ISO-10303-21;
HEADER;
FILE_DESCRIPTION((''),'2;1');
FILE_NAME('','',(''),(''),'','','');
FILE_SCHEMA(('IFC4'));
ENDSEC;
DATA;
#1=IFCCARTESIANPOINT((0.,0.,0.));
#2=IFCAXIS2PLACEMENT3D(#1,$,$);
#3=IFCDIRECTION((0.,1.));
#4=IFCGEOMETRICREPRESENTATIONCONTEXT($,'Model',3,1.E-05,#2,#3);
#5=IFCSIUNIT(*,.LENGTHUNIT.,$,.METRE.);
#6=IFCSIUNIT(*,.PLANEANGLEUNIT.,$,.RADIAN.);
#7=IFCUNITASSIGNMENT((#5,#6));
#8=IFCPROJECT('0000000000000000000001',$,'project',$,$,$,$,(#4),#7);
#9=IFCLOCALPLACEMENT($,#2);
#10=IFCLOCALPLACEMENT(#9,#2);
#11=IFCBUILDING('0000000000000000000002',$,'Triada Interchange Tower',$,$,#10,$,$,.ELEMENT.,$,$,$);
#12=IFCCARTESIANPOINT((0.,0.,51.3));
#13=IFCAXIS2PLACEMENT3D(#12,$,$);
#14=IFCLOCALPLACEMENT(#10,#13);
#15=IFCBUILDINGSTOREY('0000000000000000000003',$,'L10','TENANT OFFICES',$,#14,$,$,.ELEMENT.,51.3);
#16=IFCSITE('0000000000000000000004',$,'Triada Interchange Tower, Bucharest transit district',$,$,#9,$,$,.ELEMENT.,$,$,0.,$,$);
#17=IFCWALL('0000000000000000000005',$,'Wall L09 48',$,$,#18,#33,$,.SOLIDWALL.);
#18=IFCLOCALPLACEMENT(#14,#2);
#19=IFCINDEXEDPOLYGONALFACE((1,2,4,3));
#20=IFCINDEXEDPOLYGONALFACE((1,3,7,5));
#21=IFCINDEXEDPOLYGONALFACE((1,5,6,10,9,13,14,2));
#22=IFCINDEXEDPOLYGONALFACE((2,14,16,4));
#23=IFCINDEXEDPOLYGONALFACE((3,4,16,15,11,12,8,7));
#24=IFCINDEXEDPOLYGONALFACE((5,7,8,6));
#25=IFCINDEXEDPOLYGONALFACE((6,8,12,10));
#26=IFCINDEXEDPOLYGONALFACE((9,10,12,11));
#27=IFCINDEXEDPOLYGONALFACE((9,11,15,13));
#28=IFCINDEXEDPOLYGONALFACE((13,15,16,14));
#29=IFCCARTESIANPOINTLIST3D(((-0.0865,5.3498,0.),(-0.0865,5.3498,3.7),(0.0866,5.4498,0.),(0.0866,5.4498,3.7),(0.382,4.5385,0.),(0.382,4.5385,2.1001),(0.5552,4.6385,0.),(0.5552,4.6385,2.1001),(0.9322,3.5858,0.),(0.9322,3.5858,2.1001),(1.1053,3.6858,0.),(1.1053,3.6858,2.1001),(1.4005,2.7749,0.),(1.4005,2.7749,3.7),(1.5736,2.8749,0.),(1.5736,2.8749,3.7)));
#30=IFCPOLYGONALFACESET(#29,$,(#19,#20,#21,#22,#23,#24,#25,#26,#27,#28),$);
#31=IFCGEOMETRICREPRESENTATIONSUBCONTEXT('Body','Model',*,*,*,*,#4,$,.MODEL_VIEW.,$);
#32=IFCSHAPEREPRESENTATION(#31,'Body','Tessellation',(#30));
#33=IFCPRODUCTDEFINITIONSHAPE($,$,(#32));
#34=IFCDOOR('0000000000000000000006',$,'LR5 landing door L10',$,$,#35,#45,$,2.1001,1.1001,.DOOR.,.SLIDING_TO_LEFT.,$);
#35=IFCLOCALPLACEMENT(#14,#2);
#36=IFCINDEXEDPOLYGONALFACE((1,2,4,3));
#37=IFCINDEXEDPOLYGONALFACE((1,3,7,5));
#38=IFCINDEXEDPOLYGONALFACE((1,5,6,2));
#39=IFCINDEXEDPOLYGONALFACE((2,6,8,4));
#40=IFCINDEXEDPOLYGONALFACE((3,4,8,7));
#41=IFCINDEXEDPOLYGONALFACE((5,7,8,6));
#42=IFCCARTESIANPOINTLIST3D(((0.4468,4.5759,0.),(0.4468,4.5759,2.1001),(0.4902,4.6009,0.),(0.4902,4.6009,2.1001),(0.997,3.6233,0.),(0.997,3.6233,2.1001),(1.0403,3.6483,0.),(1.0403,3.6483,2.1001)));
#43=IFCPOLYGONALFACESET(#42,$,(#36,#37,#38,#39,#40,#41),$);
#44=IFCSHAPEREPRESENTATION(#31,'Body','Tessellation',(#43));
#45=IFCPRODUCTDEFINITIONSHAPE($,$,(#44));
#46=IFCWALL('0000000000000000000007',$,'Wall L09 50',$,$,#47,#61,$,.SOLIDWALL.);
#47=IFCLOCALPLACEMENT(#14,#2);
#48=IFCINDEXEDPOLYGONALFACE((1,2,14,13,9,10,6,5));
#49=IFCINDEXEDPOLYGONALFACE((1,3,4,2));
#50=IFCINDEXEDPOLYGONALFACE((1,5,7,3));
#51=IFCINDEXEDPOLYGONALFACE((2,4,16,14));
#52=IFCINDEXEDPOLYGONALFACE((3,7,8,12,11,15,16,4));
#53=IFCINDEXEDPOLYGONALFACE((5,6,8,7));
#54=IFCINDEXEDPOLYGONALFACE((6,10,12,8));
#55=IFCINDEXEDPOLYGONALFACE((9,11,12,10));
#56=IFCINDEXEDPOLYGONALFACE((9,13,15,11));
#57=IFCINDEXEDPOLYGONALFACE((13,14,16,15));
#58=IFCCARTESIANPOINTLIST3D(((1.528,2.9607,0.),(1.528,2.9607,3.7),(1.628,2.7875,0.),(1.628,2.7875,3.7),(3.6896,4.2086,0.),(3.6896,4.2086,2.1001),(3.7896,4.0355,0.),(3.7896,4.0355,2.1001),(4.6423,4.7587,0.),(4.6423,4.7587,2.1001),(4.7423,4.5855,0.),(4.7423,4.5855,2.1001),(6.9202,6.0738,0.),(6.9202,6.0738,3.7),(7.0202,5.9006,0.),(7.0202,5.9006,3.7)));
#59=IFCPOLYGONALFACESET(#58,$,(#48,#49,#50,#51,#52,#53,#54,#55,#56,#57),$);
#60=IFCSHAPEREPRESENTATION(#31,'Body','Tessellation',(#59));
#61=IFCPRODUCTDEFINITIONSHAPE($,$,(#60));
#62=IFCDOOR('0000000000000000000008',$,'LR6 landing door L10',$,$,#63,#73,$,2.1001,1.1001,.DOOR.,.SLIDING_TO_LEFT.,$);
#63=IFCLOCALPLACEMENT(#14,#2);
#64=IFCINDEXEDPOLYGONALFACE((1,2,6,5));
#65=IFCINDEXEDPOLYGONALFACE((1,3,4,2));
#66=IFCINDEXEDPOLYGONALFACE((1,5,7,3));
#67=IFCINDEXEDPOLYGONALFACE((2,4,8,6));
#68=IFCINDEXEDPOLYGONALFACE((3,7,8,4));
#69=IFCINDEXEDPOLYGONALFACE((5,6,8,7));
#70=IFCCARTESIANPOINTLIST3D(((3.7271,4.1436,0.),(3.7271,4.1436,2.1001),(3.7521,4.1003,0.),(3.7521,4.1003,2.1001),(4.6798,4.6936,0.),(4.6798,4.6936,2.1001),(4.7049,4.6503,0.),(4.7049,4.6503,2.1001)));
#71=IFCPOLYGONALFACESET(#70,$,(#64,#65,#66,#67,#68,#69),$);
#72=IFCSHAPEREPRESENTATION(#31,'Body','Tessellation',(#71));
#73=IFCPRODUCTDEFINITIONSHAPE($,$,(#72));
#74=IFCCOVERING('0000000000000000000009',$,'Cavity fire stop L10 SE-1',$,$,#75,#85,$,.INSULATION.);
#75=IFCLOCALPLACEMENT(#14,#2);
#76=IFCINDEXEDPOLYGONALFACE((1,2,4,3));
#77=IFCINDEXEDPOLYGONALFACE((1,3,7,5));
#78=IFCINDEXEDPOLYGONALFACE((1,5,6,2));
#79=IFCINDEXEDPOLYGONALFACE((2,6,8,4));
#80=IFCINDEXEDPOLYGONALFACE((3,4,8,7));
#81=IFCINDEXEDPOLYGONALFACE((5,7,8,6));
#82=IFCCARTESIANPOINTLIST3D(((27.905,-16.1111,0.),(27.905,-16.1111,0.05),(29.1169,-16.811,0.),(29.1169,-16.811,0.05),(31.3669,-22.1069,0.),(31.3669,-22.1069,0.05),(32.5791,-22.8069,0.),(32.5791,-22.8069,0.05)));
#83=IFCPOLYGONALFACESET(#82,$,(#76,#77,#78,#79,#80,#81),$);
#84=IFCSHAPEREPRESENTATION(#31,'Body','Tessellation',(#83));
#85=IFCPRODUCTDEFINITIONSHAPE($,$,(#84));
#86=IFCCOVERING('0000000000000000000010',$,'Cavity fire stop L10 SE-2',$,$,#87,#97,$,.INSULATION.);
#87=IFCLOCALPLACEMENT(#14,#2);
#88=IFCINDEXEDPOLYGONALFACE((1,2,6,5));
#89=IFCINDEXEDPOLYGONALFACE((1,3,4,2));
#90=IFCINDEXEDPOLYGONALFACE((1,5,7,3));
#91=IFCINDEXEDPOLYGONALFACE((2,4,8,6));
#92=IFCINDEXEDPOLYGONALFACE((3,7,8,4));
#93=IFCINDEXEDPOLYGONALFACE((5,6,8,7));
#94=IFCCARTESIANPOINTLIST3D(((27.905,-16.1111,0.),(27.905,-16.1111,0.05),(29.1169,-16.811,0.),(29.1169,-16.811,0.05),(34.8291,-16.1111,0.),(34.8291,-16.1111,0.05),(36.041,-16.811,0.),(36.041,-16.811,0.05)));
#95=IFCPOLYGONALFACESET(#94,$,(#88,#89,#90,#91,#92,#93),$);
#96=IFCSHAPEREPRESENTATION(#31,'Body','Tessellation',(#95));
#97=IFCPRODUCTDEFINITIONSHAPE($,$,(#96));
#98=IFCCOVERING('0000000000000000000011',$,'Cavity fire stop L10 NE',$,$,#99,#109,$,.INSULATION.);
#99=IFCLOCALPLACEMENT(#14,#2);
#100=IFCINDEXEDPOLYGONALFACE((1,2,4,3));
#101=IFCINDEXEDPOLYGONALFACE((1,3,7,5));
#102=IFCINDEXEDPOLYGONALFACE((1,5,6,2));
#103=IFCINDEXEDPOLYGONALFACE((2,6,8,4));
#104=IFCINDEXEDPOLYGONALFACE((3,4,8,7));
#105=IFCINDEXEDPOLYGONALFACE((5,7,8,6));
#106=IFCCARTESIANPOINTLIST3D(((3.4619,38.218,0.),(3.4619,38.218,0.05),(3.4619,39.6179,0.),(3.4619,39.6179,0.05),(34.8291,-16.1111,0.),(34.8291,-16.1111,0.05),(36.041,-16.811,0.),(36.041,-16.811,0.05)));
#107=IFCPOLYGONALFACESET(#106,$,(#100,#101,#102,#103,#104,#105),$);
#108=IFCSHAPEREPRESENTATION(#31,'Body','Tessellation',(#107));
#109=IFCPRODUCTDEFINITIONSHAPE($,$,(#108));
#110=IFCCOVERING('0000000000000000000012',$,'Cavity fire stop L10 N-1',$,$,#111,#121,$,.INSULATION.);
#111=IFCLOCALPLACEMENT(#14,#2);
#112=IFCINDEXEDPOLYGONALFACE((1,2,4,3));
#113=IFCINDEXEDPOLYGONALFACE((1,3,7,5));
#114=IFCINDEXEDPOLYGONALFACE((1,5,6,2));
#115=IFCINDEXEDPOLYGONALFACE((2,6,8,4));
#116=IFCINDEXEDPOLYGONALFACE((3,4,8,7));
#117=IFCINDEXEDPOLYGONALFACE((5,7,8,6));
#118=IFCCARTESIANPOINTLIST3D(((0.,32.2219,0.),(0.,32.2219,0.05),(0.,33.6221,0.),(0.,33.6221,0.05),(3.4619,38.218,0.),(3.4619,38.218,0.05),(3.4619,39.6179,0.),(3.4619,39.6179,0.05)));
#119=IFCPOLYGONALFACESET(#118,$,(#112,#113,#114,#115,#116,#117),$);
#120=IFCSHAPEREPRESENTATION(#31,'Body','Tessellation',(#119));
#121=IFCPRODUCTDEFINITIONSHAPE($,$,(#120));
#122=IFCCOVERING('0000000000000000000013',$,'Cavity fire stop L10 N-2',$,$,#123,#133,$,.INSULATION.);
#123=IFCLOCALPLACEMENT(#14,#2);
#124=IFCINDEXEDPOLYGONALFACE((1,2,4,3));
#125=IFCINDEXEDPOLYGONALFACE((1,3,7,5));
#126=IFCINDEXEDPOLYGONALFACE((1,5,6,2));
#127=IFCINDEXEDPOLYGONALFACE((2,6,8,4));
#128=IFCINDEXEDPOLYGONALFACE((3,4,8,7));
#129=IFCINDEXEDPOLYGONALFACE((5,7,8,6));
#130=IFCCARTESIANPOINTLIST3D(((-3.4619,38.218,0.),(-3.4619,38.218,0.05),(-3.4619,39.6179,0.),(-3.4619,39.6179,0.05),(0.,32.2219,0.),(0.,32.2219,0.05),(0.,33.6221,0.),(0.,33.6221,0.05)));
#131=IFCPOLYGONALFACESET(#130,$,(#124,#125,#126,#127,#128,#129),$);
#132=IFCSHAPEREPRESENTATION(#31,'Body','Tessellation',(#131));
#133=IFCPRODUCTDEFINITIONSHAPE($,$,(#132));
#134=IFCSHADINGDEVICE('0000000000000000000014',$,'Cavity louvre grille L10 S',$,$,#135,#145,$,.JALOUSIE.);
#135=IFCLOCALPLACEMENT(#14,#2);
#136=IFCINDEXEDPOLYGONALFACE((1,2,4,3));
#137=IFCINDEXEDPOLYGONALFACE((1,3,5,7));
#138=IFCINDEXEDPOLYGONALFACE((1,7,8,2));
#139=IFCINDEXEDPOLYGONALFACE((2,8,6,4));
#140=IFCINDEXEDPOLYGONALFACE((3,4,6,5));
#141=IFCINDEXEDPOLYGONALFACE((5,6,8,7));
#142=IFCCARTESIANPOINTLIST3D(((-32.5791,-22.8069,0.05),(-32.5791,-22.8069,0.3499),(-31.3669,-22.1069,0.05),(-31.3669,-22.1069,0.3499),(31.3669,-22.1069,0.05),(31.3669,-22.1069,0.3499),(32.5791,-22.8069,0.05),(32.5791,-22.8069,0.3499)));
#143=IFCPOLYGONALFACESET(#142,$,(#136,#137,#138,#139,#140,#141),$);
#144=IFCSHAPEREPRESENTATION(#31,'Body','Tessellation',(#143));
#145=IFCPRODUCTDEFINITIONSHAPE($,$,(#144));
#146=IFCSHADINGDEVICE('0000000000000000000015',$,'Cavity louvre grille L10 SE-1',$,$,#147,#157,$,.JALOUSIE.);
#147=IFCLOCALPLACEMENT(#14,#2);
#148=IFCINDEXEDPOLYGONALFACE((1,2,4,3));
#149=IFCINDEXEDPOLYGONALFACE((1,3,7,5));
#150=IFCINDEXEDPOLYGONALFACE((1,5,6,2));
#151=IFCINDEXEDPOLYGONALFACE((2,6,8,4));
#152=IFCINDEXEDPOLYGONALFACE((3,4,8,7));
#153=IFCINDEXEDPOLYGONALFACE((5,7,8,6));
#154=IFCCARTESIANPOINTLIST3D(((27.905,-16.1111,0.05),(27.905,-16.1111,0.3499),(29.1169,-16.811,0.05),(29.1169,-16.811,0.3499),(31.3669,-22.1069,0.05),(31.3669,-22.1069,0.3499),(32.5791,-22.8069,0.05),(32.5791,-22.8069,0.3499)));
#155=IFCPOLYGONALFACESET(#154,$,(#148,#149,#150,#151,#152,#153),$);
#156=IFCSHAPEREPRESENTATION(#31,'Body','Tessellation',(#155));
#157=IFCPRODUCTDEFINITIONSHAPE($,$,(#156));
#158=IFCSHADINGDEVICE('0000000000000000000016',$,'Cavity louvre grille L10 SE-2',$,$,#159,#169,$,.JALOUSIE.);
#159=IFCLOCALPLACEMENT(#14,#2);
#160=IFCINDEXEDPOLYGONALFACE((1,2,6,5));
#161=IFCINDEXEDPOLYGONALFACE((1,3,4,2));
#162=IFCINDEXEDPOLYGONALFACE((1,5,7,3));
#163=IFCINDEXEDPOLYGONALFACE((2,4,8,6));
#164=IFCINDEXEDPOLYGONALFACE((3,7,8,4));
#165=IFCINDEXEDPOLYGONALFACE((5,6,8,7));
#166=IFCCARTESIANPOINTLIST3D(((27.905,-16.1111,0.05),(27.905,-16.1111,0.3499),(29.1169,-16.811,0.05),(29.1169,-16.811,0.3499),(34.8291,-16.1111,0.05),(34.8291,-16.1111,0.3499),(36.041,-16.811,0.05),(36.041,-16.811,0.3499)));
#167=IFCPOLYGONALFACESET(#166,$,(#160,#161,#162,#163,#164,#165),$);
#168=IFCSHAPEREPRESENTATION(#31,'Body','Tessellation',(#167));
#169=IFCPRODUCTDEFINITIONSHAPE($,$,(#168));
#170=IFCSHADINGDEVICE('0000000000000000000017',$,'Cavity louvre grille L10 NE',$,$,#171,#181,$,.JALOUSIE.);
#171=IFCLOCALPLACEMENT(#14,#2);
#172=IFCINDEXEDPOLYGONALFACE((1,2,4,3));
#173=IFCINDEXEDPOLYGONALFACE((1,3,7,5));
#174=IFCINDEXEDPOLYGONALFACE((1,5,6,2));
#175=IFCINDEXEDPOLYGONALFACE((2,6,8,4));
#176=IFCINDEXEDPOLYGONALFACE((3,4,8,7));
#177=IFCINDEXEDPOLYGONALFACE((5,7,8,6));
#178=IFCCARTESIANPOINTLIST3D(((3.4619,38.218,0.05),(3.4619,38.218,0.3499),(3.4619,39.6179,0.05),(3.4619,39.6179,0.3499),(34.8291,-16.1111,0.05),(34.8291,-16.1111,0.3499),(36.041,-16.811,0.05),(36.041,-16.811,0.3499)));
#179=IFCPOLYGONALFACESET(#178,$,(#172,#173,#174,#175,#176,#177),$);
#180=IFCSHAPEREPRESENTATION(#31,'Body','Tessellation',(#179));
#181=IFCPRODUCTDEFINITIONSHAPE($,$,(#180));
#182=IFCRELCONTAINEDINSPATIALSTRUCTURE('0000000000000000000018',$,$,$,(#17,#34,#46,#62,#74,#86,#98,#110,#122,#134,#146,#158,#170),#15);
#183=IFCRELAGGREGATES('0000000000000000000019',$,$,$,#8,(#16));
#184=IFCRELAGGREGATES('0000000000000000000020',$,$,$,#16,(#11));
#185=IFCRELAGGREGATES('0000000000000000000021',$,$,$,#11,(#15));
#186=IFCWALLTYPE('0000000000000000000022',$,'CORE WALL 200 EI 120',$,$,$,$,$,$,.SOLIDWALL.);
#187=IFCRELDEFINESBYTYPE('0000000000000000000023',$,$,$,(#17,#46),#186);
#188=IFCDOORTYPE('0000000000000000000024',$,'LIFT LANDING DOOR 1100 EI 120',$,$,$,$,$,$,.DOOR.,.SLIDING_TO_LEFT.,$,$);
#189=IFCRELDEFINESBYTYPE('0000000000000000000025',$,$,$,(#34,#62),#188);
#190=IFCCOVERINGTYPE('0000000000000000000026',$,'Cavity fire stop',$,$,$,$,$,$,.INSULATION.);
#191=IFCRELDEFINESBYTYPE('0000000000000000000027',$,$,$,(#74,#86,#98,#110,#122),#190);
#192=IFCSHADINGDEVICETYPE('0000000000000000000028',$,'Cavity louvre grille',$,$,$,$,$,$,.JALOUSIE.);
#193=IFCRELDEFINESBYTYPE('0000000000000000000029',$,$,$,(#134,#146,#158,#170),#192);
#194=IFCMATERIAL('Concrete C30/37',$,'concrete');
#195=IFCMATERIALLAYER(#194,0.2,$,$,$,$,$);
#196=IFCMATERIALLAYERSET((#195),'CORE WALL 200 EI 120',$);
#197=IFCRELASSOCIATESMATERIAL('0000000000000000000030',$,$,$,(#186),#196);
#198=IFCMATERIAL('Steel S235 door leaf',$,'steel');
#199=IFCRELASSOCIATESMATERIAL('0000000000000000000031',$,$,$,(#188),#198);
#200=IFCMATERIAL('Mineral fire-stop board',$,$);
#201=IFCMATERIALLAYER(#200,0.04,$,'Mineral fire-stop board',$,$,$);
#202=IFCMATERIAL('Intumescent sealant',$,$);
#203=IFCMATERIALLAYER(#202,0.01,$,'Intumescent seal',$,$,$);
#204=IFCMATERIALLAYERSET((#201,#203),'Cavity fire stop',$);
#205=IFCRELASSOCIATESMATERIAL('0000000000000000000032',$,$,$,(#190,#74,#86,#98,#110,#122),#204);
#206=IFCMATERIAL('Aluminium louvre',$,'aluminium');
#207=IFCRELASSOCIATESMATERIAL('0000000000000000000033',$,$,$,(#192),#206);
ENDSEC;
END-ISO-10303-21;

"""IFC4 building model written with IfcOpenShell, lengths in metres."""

from ifc_helpers import new_model, si_unit, direction, frame, frame_2d, origin, place, context, subcontext, project, spatial, polyline, rectangle, outline, extrude, material, layer, layer_set, layer_usage, type_object, element, fill, save


model = new_model("IFC4")

# Units and contexts
model_context = context("Model", 3, precision=1e-05, world=origin(), true_north=direction((0.0, 1.0)))
body_context = subcontext(model_context, "Body", "Model", "MODEL_VIEW")
ifc_project = project(units=[si_unit("LENGTHUNIT", "METRE"), si_unit("PLANEANGLEUNIT", "RADIAN")], contexts=[model_context])

# Site, building, storey
site_placement = place(None, origin())
site = spatial("IfcSite", under=ifc_project, at=site_placement, Name="Triada Interchange Tower, Bucharest transit district", CompositionType="ELEMENT", RefElevation=0.0)
building_placement = place(site_placement, origin())
building = spatial("IfcBuilding", under=site, at=building_placement, Name="Triada Interchange Tower", CompositionType="ELEMENT")
storey_placement = place(building_placement, frame((0.0, 0.0, 51.3)))
storey = spatial("IfcBuildingStorey", under=building, at=storey_placement, Name="L10", Description="TENANT OFFICES", CompositionType="ELEMENT", Elevation=51.3)

# Walls, openings, doors
ifc_material_1 = material(Name="Concrete C30/37", Category="concrete")
ifc_layer_1 = layer(ifc_material_1, 0.2)
ifc_layer_set_1 = layer_set([ifc_layer_1], Name="CORE WALL 200 EI 120")
wall_type = type_object("IfcWallType", Name="CORE WALL 200 EI 120", PredefinedType="SOLIDWALL", material=ifc_layer_set_1)
ifc_material_2 = material(Name="Steel S235 door leaf", Category="steel")
door_type = type_object("IfcDoorType", Name="LIFT LANDING DOOR 1100 EI 120", OperationType="SLIDING_TO_LEFT", PredefinedType="DOOR", material=ifc_material_2)
wall_1_placement = place(storey_placement, frame((0.0, 5.3999, 0.0), z_axis=(0.0, 0.0, 1.0), x_axis=(0.500104, -0.865965, 0.0)))
wall_1 = element("IfcWall", 1, at=wall_1_placement, inside=storey, type_object=wall_type, Name="Wall L09 48", PredefinedType="SOLIDWALL", context=body_context, shape_type="SweptSolid", body=[
    extrude(rectangle(XDim=2.9734, YDim=0.2, at=frame_2d((1.4868, 0.0))), origin(), (0.0, 0.0, 1.0), 3.7),
])
opening_1_placement = place(wall_1_placement, frame((0.937, 0.0, 0.0)))
opening_1 = element("IfcOpeningElement", 2, at=opening_1_placement, cuts=wall_1, PredefinedType="OPENING", context=body_context, shape_type="SweptSolid", body=[
    extrude(rectangle(XDim=1.1001, YDim=2.1001, at=frame_2d((0.55, 1.05))), frame((0.0, 0.1099, 0.0), z_axis=(0.0, -1.0, 0.0), x_axis=(1.0, 0.0, 0.0)), (0.0, 0.0, 1.0), 0.22),
])
door_1_placement = place(opening_1_placement, origin())
door_1 = element("IfcDoor", 3, at=door_1_placement, inside=storey, type_object=door_type, Name="LR5 landing door L10", OperationType="SLIDING_TO_LEFT", OverallHeight=2.1001, OverallWidth=1.1001, PredefinedType="DOOR", context=body_context, shape_type="SweptSolid", body=[
    extrude(rectangle(XDim=1.1001, YDim=2.1001, at=frame_2d((0.55, 1.05))), frame((0.0, 0.0249, 0.0), z_axis=(0.0, -1.0, 0.0), x_axis=(1.0, 0.0, 0.0)), (0.0, 0.0, 1.0), 0.05),
])
fill(opening_1, door_1)
wall_2_placement = place(storey_placement, frame((1.5779, 2.874, 0.0), z_axis=(0.0, 0.0, 1.0), x_axis=(0.866031, 0.499989, 0.0)))
wall_2 = element("IfcWall", 4, at=wall_2_placement, inside=storey, type_object=wall_type, Name="Wall L09 50", PredefinedType="SOLIDWALL", context=body_context, shape_type="SweptSolid", body=[
    extrude(rectangle(XDim=6.2263, YDim=0.2, at=frame_2d((3.1133, 0.0))), origin(), (0.0, 0.0, 1.0), 3.7),
])
opening_2_placement = place(wall_2_placement, frame((2.4961, 0.0, 0.0)))
opening_2 = element("IfcOpeningElement", 5, at=opening_2_placement, cuts=wall_2, PredefinedType="OPENING", context=body_context, shape_type="SweptSolid", body=[
    extrude(rectangle(XDim=1.1001, YDim=2.1001, at=frame_2d((0.55, 1.05))), frame((0.0, 0.1099, 0.0), z_axis=(0.0, -1.0, 0.0), x_axis=(1.0, 0.0, 0.0)), (0.0, 0.0, 1.0), 0.22),
])
door_2_placement = place(opening_2_placement, origin())
door_2 = element("IfcDoor", 6, at=door_2_placement, inside=storey, type_object=door_type, Name="LR6 landing door L10", OperationType="SLIDING_TO_LEFT", OverallHeight=2.1001, OverallWidth=1.1001, PredefinedType="DOOR", context=body_context, shape_type="SweptSolid", body=[
    extrude(rectangle(XDim=1.1001, YDim=2.1001, at=frame_2d((0.55, 1.05))), frame((0.0, 0.0249, 0.0), z_axis=(0.0, -1.0, 0.0), x_axis=(1.0, 0.0, 0.0)), (0.0, 0.0, 1.0), 0.05),
])
fill(opening_2, door_2)

# Coverings
ifc_material_3 = material(Name="Mineral fire-stop board")
ifc_layer_2 = layer(ifc_material_3, 0.04, Name="Mineral fire-stop board")
ifc_material_4 = material(Name="Intumescent sealant")
ifc_layer_3 = layer(ifc_material_4, 0.01, Name="Intumescent seal")
ifc_layer_set_2 = layer_set([ifc_layer_2, ifc_layer_3], Name="Cavity fire stop")
ifc_layer_usage = layer_usage(ifc_layer_set_2, "AXIS3", "POSITIVE", 0.0)
covering_type = type_object("IfcCoveringType", Name="Cavity fire stop", PredefinedType="INSULATION", material=ifc_layer_set_2)
covering_1_placement = place(storey_placement, origin())
element("IfcCovering", 7, at=covering_1_placement, inside=storey, type_object=covering_type, material=ifc_layer_usage, Name="Cavity fire stop L10 SE-1", PredefinedType="INSULATION", context=body_context, shape_type="SweptSolid", body=[
    extrude(outline(polyline([(31.3669, -22.1069), (32.5791, -22.8069), (29.1169, -16.811), (27.905, -16.1111), (31.3669, -22.1069)])), origin(), (0.0, 0.0, 1.0), 0.05),
])
covering_2_placement = place(storey_placement, origin())
element("IfcCovering", 8, at=covering_2_placement, inside=storey, type_object=covering_type, material=ifc_layer_usage, Name="Cavity fire stop L10 SE-2", PredefinedType="INSULATION", context=body_context, shape_type="SweptSolid", body=[
    extrude(outline(polyline([(27.905, -16.1111), (29.1169, -16.811), (36.041, -16.811), (34.8291, -16.1111), (27.905, -16.1111)])), origin(), (0.0, 0.0, 1.0), 0.05),
])
covering_3_placement = place(storey_placement, origin())
element("IfcCovering", 9, at=covering_3_placement, inside=storey, type_object=covering_type, material=ifc_layer_usage, Name="Cavity fire stop L10 NE", PredefinedType="INSULATION", context=body_context, shape_type="SweptSolid", body=[
    extrude(outline(polyline([(34.8291, -16.1111), (36.041, -16.811), (3.4619, 39.6179), (3.4619, 38.218), (34.8291, -16.1111)])), origin(), (0.0, 0.0, 1.0), 0.05),
])
covering_4_placement = place(storey_placement, origin())
element("IfcCovering", 10, at=covering_4_placement, inside=storey, type_object=covering_type, material=ifc_layer_usage, Name="Cavity fire stop L10 N-1", PredefinedType="INSULATION", context=body_context, shape_type="SweptSolid", body=[
    extrude(outline(polyline([(3.4619, 38.218), (3.4619, 39.6179), (0.0, 33.6221), (0.0, 32.2219), (3.4619, 38.218)])), origin(), (0.0, 0.0, 1.0), 0.05),
])
covering_5_placement = place(storey_placement, origin())
element("IfcCovering", 11, at=covering_5_placement, inside=storey, type_object=covering_type, material=ifc_layer_usage, Name="Cavity fire stop L10 N-2", PredefinedType="INSULATION", context=body_context, shape_type="SweptSolid", body=[
    extrude(outline(polyline([(0.0, 32.2219), (0.0, 33.6221), (-3.4619, 39.6179), (-3.4619, 38.218), (0.0, 32.2219)])), origin(), (0.0, 0.0, 1.0), 0.05),
])

# Shading devices
ifc_material_5 = material(Name="Aluminium louvre", Category="aluminium")
shading_device_type = type_object("IfcShadingDeviceType", Name="Cavity louvre grille", PredefinedType="JALOUSIE", material=ifc_material_5)
shading_device_1_placement = place(storey_placement, frame((0.0, 0.0, 0.05)))
element("IfcShadingDevice", 12, at=shading_device_1_placement, inside=storey, type_object=shading_device_type, Name="Cavity louvre grille L10 S", PredefinedType="JALOUSIE", context=body_context, shape_type="SweptSolid", body=[
    extrude(outline(polyline([(-31.3669, -22.1069), (-32.5791, -22.8069), (32.5791, -22.8069), (31.3669, -22.1069), (-31.3669, -22.1069)])), origin(), (0.0, 0.0, 1.0), 0.2998),
])
shading_device_2_placement = place(storey_placement, frame((0.0, 0.0, 0.05)))
element("IfcShadingDevice", 13, at=shading_device_2_placement, inside=storey, type_object=shading_device_type, Name="Cavity louvre grille L10 SE-1", PredefinedType="JALOUSIE", context=body_context, shape_type="SweptSolid", body=[
    extrude(outline(polyline([(31.3669, -22.1069), (32.5791, -22.8069), (29.1169, -16.811), (27.905, -16.1111), (31.3669, -22.1069)])), origin(), (0.0, 0.0, 1.0), 0.2998),
])
shading_device_3_placement = place(storey_placement, frame((0.0, 0.0, 0.05)))
element("IfcShadingDevice", 14, at=shading_device_3_placement, inside=storey, type_object=shading_device_type, Name="Cavity louvre grille L10 SE-2", PredefinedType="JALOUSIE", context=body_context, shape_type="SweptSolid", body=[
    extrude(outline(polyline([(27.905, -16.1111), (29.1169, -16.811), (36.041, -16.811), (34.8291, -16.1111), (27.905, -16.1111)])), origin(), (0.0, 0.0, 1.0), 0.2998),
])
shading_device_4_placement = place(storey_placement, frame((0.0, 0.0, 0.05)))
element("IfcShadingDevice", 15, at=shading_device_4_placement, inside=storey, type_object=shading_device_type, Name="Cavity louvre grille L10 NE", PredefinedType="JALOUSIE", context=body_context, shape_type="SweptSolid", body=[
    extrude(outline(polyline([(34.8291, -16.1111), (36.041, -16.811), (3.4619, 39.6179), (3.4619, 38.218), (34.8291, -16.1111)])), origin(), (0.0, 0.0, 1.0), 0.2998),
])

save(model, "model.ifc")
